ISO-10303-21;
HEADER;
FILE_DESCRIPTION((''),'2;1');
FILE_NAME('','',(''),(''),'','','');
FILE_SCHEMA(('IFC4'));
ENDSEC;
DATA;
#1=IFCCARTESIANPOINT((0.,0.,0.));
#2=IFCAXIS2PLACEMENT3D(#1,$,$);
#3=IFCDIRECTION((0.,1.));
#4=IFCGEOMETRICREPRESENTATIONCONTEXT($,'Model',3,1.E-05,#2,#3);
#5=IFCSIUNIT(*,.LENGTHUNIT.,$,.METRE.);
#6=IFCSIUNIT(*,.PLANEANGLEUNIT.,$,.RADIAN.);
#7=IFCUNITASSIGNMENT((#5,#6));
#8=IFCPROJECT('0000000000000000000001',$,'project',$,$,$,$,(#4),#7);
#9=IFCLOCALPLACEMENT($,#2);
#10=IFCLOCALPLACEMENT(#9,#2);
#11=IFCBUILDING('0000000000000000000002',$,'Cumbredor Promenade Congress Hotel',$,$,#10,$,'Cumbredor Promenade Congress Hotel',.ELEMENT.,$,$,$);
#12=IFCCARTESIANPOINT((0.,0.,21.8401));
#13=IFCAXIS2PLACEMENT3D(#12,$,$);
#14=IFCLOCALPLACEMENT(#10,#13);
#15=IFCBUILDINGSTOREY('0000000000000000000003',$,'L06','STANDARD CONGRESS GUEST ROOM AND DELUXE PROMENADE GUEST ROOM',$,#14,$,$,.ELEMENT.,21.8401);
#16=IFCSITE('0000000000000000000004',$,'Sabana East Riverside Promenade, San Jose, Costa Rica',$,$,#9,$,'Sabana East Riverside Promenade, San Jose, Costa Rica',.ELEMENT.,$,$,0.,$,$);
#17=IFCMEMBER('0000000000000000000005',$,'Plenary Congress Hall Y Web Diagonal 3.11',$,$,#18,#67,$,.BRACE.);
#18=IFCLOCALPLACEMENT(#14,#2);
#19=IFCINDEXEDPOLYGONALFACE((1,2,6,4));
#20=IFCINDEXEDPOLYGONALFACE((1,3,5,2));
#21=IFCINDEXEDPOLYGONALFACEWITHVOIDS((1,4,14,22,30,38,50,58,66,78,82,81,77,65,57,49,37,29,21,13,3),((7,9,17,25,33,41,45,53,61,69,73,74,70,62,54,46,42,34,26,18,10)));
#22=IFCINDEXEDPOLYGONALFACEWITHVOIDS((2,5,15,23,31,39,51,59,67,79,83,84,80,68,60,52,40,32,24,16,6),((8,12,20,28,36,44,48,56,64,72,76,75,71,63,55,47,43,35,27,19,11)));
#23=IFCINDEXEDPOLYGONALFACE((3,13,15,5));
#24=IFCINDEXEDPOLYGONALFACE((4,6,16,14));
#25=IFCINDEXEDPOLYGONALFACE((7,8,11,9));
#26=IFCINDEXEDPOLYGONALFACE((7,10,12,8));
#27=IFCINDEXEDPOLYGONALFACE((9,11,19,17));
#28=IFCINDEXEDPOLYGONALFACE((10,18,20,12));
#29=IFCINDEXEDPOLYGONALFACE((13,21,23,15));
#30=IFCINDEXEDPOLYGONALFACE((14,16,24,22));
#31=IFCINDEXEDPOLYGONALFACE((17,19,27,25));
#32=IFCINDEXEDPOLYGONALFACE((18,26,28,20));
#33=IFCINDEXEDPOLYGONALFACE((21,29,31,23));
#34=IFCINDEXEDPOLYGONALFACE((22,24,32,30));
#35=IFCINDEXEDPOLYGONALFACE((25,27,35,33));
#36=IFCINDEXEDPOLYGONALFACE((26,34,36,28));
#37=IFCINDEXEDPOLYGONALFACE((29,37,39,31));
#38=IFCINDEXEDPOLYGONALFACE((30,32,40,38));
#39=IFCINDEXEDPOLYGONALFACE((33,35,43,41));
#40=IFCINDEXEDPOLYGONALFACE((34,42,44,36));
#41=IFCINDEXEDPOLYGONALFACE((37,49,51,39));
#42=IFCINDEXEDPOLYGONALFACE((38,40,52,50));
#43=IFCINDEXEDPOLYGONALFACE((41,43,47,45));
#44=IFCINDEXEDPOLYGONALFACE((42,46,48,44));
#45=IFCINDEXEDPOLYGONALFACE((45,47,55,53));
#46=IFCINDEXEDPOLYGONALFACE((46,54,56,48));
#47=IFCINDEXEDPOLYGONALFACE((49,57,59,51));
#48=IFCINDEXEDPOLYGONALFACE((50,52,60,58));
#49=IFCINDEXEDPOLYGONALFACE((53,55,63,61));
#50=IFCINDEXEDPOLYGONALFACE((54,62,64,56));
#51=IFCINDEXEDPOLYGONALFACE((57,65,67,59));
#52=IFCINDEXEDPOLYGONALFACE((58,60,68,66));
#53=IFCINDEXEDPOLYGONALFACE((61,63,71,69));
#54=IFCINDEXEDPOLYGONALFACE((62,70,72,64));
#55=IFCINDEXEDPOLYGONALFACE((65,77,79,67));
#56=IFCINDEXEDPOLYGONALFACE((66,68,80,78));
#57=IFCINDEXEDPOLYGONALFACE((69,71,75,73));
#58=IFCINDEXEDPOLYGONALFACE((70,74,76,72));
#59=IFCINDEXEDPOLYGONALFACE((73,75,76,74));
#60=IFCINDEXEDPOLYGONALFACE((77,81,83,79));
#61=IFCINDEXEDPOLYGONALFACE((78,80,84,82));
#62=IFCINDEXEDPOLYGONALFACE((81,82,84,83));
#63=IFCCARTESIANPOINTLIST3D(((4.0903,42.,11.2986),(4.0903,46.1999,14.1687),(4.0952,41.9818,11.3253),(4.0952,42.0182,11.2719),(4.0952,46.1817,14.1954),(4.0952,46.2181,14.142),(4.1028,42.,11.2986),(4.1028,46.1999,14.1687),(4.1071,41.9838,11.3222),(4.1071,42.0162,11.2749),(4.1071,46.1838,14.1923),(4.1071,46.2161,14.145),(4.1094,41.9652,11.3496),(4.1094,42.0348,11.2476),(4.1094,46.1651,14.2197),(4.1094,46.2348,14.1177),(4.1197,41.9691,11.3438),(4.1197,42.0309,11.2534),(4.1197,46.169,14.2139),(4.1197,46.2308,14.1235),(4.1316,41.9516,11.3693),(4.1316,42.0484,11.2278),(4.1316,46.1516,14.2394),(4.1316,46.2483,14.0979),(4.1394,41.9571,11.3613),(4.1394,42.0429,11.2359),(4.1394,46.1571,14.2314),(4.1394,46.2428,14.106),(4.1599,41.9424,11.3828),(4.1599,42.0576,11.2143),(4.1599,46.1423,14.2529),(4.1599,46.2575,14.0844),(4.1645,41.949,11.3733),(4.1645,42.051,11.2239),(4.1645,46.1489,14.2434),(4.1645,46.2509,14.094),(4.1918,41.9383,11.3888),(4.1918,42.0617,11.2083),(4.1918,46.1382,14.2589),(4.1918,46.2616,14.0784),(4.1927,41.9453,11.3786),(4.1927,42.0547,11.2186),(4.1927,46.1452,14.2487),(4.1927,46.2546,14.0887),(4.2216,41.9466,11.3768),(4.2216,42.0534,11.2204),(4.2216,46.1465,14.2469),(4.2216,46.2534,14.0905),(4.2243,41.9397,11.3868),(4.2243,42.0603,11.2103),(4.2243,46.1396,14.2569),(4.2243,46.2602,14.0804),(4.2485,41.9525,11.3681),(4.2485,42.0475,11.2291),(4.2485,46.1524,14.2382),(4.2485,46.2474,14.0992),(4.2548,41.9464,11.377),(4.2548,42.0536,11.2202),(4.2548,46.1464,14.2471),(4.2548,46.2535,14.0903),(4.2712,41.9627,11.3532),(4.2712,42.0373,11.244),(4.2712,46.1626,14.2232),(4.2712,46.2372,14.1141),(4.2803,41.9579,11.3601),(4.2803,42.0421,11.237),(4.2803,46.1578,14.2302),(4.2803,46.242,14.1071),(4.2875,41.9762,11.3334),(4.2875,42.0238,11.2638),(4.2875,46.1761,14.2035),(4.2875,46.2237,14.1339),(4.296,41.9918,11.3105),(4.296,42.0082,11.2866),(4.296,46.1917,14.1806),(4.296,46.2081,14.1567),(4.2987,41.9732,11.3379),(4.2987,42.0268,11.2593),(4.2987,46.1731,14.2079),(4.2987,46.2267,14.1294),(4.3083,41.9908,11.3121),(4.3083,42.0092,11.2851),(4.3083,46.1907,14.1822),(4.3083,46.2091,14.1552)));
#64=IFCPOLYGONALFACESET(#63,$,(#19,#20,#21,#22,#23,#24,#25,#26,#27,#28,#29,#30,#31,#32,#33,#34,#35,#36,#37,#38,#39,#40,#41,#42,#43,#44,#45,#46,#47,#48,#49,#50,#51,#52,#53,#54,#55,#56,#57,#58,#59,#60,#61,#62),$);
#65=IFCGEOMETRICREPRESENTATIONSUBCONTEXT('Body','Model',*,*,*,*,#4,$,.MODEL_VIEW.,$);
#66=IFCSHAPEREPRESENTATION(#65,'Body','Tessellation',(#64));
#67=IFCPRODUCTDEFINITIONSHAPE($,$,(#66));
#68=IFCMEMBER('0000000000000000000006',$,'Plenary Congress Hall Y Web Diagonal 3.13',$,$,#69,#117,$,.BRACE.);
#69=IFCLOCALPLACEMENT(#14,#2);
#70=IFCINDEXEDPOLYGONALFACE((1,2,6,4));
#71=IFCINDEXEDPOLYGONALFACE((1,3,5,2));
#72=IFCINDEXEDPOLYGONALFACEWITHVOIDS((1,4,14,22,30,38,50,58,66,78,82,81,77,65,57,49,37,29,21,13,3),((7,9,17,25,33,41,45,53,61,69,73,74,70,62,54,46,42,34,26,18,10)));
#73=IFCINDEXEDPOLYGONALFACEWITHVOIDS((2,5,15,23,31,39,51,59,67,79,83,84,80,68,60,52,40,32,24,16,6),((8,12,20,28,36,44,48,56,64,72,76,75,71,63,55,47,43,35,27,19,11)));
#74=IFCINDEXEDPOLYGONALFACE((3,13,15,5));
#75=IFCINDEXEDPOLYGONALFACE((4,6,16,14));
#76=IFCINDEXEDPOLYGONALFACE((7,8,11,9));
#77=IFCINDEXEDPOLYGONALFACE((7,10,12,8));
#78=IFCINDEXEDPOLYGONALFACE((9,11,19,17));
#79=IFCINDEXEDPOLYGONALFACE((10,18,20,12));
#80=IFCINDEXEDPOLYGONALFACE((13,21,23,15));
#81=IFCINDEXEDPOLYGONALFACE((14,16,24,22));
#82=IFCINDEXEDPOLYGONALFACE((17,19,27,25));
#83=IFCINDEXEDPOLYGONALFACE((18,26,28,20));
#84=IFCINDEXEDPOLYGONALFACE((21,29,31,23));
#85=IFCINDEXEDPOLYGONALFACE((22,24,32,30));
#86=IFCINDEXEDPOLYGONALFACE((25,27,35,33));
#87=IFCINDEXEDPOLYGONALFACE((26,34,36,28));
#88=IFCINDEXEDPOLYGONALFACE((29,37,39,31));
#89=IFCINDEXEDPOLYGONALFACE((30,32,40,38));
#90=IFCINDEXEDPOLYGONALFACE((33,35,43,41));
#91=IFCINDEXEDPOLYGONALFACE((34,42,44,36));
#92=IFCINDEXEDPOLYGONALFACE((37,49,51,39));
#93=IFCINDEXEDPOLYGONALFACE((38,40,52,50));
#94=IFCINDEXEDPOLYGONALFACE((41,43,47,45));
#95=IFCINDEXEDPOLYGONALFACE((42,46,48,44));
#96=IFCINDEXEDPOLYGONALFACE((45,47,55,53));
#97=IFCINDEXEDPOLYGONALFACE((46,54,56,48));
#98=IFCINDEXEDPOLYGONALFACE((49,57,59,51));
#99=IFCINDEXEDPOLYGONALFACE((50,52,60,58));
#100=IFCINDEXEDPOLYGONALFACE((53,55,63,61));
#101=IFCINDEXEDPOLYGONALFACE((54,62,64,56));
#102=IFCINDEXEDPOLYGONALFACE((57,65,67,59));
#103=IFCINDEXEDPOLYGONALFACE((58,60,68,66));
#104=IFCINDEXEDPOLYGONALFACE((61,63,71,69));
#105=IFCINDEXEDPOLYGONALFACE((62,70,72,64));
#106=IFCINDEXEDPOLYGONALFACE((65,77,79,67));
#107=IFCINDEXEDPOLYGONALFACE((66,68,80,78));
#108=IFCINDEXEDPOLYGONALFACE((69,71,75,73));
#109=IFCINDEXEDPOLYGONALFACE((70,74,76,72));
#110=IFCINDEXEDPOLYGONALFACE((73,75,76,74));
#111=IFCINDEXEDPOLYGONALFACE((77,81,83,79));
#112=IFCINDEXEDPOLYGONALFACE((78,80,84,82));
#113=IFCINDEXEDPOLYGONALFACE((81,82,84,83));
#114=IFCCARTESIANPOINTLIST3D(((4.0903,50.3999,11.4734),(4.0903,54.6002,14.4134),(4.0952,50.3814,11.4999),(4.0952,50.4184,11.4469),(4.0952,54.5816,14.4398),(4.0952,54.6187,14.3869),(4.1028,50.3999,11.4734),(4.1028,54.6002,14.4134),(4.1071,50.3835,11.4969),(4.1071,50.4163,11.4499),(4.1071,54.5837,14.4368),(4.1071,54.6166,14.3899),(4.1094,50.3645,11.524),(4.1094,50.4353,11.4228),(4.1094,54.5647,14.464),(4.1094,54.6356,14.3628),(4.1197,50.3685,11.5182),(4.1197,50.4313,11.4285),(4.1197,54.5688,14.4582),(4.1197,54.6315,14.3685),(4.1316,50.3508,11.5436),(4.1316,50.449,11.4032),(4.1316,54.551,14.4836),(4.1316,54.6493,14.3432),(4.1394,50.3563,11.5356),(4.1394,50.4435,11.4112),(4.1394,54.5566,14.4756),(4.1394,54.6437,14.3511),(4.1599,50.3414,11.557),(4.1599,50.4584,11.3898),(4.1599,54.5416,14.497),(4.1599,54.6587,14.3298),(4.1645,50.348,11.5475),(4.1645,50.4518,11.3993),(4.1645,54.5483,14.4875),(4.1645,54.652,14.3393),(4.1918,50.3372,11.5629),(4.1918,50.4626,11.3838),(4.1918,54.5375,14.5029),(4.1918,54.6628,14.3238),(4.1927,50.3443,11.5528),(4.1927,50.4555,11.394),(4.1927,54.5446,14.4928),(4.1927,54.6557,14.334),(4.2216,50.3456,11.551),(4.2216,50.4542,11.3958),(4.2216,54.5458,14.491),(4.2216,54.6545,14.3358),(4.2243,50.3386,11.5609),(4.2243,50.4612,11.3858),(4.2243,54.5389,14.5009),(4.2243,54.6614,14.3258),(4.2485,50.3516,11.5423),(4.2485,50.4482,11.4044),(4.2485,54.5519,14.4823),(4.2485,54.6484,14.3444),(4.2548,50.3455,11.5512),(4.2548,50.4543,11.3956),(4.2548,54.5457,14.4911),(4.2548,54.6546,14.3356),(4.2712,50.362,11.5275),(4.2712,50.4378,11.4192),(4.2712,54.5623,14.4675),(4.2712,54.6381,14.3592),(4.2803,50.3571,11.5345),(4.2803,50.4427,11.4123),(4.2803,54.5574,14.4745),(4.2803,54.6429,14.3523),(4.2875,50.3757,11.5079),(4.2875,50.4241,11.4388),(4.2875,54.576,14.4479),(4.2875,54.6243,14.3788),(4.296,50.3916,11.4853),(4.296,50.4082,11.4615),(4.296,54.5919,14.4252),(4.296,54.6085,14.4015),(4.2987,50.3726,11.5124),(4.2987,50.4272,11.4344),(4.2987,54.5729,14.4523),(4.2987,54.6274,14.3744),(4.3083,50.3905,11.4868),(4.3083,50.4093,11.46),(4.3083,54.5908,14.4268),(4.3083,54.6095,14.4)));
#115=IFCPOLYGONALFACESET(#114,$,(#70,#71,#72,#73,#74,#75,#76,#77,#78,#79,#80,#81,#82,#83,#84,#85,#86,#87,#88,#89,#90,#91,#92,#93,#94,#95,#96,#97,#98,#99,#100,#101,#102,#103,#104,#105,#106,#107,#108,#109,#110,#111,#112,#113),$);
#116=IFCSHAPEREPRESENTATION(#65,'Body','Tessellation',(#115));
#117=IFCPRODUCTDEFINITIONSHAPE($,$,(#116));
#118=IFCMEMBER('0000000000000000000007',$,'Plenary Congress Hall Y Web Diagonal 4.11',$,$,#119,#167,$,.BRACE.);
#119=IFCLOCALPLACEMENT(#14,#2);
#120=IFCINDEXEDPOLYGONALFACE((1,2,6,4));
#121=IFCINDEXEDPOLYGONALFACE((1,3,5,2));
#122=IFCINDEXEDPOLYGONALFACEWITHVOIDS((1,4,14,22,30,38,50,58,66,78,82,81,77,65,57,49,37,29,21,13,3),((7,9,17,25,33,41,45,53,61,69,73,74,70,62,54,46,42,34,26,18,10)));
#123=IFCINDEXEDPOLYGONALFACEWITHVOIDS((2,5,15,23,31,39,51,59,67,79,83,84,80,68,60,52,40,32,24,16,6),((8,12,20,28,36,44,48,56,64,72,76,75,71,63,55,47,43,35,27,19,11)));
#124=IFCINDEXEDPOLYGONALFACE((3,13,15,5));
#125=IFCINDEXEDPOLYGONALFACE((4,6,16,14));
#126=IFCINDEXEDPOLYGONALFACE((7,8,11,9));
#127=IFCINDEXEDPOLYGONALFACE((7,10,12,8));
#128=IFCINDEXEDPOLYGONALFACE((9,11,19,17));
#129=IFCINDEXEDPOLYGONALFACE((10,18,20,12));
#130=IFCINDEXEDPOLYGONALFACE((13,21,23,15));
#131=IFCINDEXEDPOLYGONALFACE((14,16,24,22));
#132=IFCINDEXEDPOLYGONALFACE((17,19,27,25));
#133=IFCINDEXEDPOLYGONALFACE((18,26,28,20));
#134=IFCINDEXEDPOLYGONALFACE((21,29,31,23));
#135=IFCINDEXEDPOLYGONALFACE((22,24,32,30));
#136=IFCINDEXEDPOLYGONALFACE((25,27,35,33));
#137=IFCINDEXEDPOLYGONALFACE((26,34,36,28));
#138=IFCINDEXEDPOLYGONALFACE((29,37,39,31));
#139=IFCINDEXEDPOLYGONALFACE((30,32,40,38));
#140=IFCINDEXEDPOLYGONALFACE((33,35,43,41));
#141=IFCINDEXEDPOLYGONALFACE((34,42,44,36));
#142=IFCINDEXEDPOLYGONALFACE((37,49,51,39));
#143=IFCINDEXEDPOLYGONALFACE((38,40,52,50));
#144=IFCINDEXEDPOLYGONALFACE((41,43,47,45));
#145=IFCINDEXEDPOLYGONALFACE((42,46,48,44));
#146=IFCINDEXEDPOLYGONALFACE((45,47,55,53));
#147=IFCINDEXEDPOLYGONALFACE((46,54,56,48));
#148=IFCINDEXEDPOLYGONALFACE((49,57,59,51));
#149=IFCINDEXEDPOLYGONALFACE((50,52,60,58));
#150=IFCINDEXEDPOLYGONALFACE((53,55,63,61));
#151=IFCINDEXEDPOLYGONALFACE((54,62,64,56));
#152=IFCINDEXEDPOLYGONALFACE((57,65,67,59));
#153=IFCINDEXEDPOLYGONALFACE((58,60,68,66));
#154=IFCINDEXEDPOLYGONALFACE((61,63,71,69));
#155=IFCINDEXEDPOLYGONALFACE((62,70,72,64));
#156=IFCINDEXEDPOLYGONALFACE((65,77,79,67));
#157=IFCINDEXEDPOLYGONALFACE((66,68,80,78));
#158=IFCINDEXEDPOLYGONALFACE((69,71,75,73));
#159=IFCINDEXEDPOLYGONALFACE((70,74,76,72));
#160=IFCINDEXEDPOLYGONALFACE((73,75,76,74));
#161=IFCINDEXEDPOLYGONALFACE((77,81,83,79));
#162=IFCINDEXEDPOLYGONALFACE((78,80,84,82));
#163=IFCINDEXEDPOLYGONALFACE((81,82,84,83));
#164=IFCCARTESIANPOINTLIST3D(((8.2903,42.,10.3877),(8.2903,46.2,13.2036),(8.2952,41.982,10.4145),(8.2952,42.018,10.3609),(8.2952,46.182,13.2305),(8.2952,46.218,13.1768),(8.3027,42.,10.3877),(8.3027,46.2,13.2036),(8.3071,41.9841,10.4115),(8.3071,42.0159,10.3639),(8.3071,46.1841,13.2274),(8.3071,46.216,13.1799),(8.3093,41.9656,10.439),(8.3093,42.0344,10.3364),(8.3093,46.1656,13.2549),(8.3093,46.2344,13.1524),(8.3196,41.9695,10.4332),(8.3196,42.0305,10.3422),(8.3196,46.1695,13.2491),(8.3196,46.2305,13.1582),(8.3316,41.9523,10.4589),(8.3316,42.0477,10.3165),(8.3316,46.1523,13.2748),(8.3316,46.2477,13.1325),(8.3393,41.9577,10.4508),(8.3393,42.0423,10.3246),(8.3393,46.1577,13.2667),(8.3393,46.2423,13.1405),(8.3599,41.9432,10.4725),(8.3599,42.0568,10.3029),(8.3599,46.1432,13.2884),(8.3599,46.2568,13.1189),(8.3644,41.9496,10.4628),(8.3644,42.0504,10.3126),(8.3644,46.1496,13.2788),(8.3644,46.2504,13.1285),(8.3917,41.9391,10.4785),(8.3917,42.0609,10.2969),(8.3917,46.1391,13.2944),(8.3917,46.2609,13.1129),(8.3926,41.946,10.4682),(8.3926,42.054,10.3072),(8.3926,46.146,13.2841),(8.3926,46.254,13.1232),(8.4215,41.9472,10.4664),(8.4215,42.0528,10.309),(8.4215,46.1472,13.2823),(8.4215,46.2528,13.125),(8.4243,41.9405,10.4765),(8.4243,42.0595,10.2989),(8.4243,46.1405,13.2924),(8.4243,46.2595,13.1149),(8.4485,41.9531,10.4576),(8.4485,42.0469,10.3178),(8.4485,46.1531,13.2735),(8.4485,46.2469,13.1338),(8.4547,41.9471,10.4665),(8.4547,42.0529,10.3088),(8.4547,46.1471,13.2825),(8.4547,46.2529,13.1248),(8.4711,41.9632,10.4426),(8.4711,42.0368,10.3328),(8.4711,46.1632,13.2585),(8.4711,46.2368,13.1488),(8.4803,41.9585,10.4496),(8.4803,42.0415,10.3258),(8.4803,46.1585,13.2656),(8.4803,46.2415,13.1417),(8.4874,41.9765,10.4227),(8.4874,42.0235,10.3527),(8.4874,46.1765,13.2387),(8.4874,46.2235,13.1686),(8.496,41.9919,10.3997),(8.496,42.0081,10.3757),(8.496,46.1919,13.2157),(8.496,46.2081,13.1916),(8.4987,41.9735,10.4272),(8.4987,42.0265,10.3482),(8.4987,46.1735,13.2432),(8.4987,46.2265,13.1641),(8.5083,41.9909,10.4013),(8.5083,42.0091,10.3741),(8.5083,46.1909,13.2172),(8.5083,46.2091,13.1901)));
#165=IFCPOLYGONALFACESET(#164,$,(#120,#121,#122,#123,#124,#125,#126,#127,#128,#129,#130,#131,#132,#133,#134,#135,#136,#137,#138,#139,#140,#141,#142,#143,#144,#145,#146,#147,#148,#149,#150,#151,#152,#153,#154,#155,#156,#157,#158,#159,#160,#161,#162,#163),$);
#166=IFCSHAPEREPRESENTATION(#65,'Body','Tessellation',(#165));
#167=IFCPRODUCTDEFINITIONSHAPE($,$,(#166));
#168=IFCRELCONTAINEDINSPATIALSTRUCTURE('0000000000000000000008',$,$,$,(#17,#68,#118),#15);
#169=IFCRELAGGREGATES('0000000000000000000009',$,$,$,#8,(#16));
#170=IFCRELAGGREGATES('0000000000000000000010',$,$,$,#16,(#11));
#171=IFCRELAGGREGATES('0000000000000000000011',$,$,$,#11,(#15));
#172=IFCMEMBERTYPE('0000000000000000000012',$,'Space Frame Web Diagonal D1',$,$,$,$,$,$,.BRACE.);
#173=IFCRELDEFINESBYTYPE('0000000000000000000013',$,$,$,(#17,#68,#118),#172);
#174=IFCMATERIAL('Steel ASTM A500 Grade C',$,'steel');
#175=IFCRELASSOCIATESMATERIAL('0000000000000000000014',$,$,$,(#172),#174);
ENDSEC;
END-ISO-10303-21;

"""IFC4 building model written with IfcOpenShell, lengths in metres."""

from ifc_helpers import new_model, si_unit, direction, frame, origin, origin_2d, place, context, subcontext, project, spatial, hollow_circle, extrude, material, material_profile, profile_set, type_object, element, save


model = new_model("IFC4")

# Units and contexts
model_context = context("Model", 3, precision=1e-05, world=origin(), true_north=direction((0.0, 1.0)))
body_context = subcontext(model_context, "Body", "Model", "MODEL_VIEW")
ifc_project = project(units=[si_unit("LENGTHUNIT", "METRE"), si_unit("PLANEANGLEUNIT", "RADIAN")], contexts=[model_context])

# Site, building, storey
site_placement = place(None, origin())
site = spatial("IfcSite", under=ifc_project, at=site_placement, Name="Sabana East Riverside Promenade, San Jose, Costa Rica", LongName="Sabana East Riverside Promenade, San Jose, Costa Rica", CompositionType="ELEMENT", RefElevation=0.0)
building_placement = place(site_placement, origin())
building = spatial("IfcBuilding", under=site, at=building_placement, Name="Cumbredor Promenade Congress Hotel", LongName="Cumbredor Promenade Congress Hotel", CompositionType="ELEMENT")
storey_placement = place(building_placement, frame((0.0, 0.0, 21.8401)))
storey = spatial("IfcBuildingStorey", under=building, at=storey_placement, Name="L06", Description="STANDARD CONGRESS GUEST ROOM AND DELUXE PROMENADE GUEST ROOM", CompositionType="ELEMENT", Elevation=21.8401)

# Members
ifc_material_1 = material(Name="Steel ASTM A500 Grade C", Category="steel")
ifc_material_profile_1 = material_profile(ifc_material_1, hollow_circle(Radius=0.1096, WallThickness=0.0125, at=origin_2d()), Name="CHS 219.1x12.5")
ifc_profile_set_1 = profile_set([ifc_material_profile_1], Name="Steel ASTM A500 Grade C")
member_type_1 = type_object("IfcMemberType", Name="Space Frame Web Diagonal D1", PredefinedType="BRACE", material=ifc_profile_set_1)
member_1_placement = place(storey_placement, frame((4.2, 42.0, 11.2986), z_axis=(0.0, 0.825631, 0.564211), x_axis=(-1.0, 0.0, 0.0)))
element("IfcMember", 1, at=member_1_placement, inside=storey, type_object=member_type_1, Name="Plenary Congress Hall Y Web Diagonal 3.11", PredefinedType="BRACE", context=body_context, shape_type="SweptSolid", body=[
    extrude(hollow_circle(Radius=0.1096, WallThickness=0.0125, at=origin_2d()), origin(), (0.0, 0.0, 1.0), 5.0869),
])
member_2_placement = place(storey_placement, frame((4.2, 50.3999, 11.4734), z_axis=(0.0, 0.81925, 0.573437), x_axis=(-1.0, 0.0, 0.0)))
element("IfcMember", 2, at=member_2_placement, inside=storey, type_object=member_type_1, Name="Plenary Congress Hall Y Web Diagonal 3.13", PredefinedType="BRACE", context=body_context, shape_type="SweptSolid", body=[
    extrude(hollow_circle(Radius=0.1096, WallThickness=0.0125, at=origin_2d()), origin(), (0.0, 0.0, 1.0), 5.127),
])
member_3_placement = place(storey_placement, frame((8.3999, 42.0, 10.3877), z_axis=(0.0, 0.830592, 0.556882), x_axis=(-1.0, 0.0, 0.0)))
element("IfcMember", 3, at=member_3_placement, inside=storey, type_object=member_type_1, Name="Plenary Congress Hall Y Web Diagonal 4.11", PredefinedType="BRACE", context=body_context, shape_type="SweptSolid", body=[
    extrude(hollow_circle(Radius=0.1096, WallThickness=0.0125, at=origin_2d()), origin(), (0.0, 0.0, 1.0), 5.0566),
])

save(model, "model.ifc")
